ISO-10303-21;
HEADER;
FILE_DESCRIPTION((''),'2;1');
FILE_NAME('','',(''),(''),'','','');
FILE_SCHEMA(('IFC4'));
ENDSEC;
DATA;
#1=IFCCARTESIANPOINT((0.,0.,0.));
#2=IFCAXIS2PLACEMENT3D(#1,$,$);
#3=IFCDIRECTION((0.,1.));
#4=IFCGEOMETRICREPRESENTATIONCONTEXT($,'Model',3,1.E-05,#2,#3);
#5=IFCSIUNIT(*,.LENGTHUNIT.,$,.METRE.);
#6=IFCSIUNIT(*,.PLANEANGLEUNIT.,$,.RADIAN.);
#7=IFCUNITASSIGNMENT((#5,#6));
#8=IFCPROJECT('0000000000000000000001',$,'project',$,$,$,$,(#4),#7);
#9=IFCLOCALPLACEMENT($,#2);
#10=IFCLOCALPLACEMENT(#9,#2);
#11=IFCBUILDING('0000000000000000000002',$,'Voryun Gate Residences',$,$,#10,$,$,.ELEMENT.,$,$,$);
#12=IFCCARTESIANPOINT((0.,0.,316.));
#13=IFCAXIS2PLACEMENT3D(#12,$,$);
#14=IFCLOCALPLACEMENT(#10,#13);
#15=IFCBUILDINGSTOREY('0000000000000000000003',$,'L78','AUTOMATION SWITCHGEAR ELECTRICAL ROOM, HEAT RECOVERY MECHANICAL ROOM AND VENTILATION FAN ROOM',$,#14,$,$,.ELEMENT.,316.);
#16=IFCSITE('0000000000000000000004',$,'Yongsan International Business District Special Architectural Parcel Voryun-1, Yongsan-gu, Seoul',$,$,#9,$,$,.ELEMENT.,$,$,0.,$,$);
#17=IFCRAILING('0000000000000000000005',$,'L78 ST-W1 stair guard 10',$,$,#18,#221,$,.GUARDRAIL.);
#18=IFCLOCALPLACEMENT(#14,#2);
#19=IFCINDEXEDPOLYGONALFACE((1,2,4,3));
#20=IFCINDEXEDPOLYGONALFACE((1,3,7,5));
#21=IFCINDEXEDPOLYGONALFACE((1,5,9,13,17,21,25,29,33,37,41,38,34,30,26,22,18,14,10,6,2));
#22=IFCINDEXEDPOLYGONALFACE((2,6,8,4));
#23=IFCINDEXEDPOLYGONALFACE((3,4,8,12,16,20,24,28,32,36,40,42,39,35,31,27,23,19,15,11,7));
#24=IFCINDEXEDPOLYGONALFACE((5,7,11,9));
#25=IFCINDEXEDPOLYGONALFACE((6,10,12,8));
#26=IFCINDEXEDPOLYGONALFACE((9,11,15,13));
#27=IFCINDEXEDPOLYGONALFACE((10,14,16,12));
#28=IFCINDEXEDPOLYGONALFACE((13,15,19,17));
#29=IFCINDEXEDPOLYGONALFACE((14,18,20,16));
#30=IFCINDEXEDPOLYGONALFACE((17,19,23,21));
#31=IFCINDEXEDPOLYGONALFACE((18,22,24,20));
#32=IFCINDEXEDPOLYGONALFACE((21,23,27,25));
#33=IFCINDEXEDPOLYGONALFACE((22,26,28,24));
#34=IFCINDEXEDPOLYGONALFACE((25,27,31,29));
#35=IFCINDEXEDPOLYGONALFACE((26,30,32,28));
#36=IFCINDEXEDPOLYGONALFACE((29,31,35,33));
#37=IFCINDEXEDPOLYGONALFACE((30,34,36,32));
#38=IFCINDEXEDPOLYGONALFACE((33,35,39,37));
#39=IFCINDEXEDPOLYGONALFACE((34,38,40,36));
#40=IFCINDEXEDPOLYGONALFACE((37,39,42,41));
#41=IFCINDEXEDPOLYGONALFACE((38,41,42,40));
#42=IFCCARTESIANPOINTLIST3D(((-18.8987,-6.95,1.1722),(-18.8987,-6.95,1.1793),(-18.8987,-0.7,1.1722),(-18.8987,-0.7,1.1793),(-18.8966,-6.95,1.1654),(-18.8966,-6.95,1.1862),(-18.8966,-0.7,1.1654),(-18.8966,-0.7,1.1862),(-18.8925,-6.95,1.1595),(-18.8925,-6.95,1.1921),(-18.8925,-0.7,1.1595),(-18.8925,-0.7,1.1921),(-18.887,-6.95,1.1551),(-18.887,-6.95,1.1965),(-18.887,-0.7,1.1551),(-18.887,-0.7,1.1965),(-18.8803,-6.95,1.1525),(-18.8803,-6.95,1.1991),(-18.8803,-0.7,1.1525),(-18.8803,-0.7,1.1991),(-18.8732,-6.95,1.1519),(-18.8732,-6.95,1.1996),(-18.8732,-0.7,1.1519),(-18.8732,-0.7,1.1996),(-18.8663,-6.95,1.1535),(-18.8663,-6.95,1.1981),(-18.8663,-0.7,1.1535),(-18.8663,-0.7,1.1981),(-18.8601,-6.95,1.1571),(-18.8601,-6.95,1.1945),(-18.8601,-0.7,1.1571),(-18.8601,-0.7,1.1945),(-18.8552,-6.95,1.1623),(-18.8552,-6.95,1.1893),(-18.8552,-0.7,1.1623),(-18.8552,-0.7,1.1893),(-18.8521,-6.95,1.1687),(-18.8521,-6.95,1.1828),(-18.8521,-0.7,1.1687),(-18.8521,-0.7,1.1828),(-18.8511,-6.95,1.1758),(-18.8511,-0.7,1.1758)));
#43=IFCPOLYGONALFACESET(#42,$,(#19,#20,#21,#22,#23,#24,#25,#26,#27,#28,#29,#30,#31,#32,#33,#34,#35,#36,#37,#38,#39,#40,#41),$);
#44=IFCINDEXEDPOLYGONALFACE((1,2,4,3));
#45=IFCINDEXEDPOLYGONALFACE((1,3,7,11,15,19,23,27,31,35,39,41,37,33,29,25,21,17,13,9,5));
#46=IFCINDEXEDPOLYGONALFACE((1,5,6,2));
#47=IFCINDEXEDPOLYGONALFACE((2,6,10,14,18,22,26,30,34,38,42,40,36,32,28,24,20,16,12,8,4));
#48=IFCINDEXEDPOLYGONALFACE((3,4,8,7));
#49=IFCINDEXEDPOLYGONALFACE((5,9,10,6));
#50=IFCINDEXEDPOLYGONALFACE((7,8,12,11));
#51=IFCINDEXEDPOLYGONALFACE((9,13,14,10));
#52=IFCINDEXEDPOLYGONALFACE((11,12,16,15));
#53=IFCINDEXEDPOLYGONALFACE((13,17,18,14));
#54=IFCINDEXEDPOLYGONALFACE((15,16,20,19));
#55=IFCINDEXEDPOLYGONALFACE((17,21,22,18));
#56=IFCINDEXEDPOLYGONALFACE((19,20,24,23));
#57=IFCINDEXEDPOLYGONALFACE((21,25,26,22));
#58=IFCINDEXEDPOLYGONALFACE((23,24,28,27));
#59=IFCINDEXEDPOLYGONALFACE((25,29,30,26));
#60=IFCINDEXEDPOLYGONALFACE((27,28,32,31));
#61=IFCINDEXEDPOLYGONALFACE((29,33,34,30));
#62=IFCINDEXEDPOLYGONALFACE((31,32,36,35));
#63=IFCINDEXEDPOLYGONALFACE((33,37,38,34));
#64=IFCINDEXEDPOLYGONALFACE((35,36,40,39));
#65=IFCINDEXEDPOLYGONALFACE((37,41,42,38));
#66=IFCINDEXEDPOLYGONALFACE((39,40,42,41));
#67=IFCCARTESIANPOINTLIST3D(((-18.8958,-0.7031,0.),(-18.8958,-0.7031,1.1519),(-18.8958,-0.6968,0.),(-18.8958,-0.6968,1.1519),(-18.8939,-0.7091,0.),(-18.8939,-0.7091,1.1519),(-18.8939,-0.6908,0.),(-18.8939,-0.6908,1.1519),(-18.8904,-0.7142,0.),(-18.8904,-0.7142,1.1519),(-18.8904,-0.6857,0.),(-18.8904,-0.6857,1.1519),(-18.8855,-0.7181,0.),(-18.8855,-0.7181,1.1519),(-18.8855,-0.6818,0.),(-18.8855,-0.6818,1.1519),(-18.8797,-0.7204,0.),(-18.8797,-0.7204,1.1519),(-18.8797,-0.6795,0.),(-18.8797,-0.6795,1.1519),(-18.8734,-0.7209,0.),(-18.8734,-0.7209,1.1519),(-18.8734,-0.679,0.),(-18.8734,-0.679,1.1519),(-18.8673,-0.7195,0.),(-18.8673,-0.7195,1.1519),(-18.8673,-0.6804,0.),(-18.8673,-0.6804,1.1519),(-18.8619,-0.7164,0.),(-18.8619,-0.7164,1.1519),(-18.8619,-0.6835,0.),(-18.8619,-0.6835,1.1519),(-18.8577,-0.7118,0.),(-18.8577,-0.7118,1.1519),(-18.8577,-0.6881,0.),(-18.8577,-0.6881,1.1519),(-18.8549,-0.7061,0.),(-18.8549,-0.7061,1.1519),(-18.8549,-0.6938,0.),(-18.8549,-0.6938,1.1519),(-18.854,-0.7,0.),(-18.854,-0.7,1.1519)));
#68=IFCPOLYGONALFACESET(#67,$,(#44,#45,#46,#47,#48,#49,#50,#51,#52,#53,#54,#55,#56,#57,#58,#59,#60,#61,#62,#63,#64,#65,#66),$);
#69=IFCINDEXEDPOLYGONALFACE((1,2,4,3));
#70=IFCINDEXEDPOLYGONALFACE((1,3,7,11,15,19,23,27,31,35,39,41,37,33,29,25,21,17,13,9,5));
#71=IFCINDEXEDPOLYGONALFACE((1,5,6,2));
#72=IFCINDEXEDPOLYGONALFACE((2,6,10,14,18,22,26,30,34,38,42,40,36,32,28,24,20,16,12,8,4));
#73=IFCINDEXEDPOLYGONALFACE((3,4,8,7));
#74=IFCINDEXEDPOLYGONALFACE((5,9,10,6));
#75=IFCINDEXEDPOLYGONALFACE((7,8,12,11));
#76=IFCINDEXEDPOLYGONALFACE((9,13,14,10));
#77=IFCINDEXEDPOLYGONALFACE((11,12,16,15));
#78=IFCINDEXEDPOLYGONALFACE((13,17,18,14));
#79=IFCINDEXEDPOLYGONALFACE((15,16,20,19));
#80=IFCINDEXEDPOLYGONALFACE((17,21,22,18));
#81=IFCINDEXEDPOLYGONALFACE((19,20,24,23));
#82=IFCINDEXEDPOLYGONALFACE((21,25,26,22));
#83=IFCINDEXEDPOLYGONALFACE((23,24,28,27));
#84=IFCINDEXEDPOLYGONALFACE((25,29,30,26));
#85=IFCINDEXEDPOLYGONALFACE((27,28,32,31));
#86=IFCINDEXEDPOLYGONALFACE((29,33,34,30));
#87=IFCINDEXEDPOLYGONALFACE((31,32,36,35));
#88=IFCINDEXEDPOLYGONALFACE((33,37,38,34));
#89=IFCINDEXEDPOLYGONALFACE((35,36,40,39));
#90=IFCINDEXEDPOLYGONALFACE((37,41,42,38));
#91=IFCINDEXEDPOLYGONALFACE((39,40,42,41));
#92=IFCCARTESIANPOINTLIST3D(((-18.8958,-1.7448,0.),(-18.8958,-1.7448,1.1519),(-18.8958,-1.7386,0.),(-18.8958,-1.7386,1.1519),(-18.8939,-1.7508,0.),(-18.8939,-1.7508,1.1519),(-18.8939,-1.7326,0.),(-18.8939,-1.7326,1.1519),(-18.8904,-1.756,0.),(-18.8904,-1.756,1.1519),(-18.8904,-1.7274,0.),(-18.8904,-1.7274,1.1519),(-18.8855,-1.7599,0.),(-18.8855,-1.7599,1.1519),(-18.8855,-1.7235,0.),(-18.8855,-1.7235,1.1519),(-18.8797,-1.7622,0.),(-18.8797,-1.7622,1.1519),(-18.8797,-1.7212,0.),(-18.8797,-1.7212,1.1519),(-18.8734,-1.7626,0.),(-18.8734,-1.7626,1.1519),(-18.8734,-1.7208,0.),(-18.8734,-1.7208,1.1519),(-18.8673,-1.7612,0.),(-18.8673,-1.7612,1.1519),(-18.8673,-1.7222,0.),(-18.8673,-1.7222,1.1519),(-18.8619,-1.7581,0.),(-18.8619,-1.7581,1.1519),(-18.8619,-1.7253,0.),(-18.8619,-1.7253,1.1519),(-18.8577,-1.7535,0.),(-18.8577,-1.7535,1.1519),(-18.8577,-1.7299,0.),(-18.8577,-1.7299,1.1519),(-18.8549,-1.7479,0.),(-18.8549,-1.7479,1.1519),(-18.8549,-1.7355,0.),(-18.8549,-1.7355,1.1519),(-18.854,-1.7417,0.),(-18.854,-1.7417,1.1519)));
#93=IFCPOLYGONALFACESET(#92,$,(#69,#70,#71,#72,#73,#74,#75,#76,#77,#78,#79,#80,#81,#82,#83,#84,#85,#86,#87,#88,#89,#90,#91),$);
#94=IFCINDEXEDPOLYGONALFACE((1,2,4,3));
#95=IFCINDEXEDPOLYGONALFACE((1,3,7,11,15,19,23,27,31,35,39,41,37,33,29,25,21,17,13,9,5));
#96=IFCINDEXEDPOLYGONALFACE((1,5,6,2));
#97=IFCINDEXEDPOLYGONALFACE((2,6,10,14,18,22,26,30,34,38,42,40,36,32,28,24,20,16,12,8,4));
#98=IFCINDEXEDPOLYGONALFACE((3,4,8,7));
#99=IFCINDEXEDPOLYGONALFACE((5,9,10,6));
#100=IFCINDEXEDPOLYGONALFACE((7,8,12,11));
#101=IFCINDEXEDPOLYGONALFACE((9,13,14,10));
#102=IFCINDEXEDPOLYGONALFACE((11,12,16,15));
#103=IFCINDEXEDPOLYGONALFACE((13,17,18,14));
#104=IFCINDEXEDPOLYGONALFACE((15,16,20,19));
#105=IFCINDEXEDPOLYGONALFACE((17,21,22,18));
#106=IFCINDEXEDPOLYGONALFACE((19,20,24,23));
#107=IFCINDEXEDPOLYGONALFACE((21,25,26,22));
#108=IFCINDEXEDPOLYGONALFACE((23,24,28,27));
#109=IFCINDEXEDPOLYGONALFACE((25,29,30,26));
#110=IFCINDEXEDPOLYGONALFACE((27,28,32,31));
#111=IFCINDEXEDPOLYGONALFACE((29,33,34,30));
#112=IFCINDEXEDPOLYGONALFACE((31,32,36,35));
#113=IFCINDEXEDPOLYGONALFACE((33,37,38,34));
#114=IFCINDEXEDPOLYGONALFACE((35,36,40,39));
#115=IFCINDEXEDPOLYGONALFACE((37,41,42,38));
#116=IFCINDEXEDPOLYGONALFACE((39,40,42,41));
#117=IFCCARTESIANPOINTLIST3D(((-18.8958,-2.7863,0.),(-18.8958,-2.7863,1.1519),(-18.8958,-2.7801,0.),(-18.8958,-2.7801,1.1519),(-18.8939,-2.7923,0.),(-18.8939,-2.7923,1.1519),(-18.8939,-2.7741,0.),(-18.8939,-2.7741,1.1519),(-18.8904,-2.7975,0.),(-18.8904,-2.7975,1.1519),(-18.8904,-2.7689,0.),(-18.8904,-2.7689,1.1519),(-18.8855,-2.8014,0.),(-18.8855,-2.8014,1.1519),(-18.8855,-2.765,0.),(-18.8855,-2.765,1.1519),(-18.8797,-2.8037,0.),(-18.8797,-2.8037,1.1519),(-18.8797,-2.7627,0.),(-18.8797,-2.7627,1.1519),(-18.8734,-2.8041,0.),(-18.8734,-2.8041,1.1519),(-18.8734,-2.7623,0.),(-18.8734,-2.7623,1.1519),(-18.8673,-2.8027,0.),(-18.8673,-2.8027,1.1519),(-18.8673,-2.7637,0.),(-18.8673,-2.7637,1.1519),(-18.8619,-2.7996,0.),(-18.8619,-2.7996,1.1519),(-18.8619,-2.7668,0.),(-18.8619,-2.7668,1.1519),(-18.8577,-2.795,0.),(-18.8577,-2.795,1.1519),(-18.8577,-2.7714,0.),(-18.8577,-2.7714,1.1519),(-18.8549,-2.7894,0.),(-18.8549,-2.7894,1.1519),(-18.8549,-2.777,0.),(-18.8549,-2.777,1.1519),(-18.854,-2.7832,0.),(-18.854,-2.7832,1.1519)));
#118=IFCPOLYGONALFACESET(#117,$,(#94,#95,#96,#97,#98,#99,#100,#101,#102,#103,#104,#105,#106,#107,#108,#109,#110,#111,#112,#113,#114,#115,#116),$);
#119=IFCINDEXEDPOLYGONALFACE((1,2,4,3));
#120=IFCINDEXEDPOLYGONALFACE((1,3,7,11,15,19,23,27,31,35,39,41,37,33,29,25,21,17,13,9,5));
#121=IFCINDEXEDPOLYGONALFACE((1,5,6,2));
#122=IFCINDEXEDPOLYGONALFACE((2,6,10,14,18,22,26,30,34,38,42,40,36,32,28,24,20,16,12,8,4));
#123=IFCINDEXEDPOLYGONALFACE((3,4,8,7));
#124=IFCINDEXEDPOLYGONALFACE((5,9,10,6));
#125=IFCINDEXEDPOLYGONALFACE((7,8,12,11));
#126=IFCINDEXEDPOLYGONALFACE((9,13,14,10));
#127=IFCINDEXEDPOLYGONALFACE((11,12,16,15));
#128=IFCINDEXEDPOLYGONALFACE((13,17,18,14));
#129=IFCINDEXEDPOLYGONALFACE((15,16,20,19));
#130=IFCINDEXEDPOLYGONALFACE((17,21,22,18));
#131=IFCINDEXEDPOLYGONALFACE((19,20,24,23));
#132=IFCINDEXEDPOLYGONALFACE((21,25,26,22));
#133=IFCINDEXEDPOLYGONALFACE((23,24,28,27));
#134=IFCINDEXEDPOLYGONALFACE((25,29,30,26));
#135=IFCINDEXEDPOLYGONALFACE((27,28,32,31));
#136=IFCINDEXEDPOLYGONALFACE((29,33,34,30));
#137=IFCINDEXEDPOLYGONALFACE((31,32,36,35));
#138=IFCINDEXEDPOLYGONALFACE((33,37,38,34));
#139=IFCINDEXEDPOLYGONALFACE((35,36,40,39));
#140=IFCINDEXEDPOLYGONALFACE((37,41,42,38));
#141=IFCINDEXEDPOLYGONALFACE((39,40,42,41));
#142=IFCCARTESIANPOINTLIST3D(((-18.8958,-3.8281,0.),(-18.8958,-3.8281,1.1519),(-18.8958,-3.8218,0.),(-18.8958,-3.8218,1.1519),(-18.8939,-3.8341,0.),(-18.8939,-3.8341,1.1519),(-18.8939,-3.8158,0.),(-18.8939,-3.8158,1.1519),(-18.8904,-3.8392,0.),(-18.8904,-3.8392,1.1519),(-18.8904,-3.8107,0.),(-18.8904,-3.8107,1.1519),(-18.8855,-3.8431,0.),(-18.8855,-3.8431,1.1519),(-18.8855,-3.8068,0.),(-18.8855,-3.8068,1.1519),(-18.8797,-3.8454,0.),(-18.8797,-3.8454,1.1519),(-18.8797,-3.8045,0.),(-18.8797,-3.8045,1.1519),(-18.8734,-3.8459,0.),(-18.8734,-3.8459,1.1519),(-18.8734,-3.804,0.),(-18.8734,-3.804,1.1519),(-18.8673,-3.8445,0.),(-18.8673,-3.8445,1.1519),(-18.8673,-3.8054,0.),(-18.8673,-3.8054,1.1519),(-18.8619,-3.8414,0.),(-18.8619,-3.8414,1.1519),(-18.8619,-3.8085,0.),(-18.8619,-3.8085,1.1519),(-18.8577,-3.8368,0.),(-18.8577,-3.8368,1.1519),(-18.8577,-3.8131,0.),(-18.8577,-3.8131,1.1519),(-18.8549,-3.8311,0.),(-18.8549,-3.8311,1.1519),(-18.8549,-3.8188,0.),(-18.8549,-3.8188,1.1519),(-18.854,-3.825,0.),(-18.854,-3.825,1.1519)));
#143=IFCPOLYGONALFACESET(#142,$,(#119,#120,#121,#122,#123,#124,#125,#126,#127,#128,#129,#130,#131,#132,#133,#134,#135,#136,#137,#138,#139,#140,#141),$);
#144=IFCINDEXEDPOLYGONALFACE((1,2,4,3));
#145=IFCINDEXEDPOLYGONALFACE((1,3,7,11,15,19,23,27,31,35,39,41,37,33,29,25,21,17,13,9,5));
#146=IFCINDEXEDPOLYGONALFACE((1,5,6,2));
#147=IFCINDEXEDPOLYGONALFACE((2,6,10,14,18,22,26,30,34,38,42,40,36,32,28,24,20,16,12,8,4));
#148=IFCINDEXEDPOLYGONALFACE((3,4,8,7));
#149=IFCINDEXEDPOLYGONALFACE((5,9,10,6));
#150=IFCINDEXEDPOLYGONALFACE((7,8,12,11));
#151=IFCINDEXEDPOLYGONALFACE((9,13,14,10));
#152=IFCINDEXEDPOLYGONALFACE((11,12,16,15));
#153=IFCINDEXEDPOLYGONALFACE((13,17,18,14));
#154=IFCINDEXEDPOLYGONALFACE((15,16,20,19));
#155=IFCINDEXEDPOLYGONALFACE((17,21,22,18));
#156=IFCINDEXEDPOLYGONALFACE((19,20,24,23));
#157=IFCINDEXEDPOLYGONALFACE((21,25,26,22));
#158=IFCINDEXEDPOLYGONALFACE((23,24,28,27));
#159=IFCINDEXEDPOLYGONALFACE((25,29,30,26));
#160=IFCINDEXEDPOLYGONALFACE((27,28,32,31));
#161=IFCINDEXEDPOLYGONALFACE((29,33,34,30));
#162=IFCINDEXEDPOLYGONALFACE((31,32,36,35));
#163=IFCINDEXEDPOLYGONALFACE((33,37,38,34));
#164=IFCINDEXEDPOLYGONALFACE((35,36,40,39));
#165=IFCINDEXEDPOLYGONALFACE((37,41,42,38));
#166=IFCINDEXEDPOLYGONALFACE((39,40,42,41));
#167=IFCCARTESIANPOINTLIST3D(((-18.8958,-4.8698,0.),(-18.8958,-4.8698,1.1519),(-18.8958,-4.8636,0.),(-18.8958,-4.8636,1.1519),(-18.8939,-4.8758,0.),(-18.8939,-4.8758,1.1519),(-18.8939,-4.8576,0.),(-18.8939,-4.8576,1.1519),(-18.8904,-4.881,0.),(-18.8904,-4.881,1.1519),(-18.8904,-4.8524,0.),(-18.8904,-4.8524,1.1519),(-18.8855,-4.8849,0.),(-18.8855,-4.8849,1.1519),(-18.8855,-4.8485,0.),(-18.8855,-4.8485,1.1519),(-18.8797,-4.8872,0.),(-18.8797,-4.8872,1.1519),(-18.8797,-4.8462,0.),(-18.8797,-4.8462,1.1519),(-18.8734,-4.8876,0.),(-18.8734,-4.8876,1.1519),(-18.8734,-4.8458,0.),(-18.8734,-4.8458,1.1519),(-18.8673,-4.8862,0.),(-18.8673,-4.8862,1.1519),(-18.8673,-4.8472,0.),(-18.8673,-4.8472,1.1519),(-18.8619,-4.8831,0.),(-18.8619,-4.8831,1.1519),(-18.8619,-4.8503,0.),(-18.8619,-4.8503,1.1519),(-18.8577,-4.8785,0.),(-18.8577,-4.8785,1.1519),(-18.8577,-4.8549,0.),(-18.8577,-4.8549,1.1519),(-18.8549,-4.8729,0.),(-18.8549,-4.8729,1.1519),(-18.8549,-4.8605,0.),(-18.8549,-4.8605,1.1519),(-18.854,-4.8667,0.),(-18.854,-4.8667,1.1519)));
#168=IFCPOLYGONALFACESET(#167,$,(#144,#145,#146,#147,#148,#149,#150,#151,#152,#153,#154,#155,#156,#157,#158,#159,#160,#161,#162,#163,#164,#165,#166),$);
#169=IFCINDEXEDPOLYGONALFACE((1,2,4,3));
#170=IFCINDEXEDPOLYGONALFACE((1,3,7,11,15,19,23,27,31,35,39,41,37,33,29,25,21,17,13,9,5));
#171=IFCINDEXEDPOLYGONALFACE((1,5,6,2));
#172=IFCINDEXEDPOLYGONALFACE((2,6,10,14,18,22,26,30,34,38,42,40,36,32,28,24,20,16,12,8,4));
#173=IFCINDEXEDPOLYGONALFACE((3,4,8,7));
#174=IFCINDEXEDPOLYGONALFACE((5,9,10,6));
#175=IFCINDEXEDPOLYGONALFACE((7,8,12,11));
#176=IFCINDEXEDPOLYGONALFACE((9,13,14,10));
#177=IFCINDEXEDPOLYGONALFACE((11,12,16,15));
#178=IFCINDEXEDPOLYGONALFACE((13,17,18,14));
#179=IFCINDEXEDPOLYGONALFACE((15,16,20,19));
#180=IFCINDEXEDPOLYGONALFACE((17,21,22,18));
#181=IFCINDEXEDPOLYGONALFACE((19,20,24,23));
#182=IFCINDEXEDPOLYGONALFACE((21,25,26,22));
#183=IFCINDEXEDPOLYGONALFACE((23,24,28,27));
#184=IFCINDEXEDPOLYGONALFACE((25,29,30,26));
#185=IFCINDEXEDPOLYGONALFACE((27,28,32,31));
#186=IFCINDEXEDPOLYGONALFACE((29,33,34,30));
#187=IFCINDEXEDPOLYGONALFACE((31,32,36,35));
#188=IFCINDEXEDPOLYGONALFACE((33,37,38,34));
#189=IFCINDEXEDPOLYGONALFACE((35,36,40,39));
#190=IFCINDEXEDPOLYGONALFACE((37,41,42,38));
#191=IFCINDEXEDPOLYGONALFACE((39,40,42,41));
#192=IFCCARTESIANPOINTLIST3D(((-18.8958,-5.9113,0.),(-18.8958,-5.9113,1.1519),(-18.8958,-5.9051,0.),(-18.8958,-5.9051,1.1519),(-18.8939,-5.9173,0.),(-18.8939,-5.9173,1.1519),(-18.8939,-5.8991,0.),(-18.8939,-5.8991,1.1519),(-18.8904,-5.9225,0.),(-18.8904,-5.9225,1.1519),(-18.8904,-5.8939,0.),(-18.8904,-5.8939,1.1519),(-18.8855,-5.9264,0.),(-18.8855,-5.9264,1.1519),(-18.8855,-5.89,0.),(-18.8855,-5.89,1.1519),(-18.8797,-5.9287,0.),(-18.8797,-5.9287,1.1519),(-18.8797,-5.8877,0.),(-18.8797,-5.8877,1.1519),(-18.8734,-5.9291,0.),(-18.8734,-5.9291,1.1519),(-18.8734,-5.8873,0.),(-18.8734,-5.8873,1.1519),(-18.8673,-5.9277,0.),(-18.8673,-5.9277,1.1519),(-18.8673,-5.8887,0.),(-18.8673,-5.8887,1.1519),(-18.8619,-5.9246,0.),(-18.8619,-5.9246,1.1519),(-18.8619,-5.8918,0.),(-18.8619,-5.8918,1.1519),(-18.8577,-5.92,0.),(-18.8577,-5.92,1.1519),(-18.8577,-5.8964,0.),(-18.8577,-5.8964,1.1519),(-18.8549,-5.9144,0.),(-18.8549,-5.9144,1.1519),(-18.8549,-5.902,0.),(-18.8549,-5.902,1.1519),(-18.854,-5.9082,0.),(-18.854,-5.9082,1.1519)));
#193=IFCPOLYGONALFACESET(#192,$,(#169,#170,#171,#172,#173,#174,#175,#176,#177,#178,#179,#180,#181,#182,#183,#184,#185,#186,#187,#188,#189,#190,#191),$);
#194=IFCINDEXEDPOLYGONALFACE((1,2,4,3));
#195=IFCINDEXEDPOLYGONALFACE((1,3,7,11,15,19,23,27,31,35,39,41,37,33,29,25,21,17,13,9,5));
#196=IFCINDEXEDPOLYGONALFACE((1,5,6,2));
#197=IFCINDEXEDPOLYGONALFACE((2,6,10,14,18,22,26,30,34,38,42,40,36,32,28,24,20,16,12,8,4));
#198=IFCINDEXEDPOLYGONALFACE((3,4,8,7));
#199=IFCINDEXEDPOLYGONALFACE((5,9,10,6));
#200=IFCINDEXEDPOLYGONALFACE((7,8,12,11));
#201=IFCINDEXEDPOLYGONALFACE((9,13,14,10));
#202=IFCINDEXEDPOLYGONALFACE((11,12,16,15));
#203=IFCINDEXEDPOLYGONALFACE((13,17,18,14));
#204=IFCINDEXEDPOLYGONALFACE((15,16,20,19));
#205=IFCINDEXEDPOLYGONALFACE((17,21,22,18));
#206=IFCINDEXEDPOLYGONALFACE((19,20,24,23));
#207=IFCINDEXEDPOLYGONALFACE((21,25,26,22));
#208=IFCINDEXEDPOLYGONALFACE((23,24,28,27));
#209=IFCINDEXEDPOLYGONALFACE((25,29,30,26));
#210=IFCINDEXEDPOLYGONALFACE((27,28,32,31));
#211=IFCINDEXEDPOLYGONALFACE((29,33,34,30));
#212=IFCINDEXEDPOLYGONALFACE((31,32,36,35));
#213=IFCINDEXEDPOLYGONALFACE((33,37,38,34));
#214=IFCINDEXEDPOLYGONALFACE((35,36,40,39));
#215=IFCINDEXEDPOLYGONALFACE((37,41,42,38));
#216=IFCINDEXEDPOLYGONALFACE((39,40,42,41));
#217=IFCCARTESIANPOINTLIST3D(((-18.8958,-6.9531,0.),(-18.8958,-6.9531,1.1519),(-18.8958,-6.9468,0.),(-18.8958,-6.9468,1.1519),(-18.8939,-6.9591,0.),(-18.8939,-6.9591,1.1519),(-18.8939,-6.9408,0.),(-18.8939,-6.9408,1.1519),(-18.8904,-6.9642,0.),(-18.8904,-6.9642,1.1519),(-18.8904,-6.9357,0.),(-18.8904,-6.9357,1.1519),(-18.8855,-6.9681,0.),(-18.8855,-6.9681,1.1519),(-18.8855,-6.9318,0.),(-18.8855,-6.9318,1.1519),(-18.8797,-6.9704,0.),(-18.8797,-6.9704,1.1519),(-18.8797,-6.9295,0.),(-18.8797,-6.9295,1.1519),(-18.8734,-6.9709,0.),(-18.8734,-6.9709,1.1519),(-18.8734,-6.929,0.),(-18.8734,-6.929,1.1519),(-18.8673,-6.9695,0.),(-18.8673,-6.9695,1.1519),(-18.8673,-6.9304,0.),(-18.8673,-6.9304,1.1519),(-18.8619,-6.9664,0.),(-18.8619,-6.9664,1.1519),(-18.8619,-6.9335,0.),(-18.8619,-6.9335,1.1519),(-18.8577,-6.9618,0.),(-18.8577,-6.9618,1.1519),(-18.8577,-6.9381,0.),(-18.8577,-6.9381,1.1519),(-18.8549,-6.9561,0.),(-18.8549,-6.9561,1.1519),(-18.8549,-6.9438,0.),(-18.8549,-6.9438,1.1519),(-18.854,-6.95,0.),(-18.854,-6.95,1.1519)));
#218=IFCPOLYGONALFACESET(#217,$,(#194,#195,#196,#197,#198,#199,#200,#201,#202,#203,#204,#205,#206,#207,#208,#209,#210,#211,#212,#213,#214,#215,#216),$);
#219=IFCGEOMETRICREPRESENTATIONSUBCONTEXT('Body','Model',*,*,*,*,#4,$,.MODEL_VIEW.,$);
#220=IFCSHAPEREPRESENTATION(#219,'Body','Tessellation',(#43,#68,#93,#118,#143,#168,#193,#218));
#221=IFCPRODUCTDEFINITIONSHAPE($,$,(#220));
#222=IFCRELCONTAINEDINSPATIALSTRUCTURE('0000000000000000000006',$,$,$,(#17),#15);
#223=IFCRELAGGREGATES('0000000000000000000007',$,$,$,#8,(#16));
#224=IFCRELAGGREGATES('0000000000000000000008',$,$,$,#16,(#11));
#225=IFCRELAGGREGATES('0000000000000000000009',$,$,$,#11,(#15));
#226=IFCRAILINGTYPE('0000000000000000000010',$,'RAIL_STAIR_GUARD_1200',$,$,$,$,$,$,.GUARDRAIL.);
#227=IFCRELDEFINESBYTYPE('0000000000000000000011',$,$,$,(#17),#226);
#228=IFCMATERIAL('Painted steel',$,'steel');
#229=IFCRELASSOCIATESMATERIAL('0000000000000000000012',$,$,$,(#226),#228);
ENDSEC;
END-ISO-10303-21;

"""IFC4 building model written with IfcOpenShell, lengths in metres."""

from ifc_helpers import new_model, si_unit, direction, frame, origin, origin_2d, place, context, subcontext, project, spatial, circle, extrude, material, type_object, element, save


model = new_model("IFC4")

# Units and contexts
model_context = context("Model", 3, precision=1e-05, world=origin(), true_north=direction((0.0, 1.0)))
body_context = subcontext(model_context, "Body", "Model", "MODEL_VIEW")
ifc_project = project(units=[si_unit("LENGTHUNIT", "METRE"), si_unit("PLANEANGLEUNIT", "RADIAN")], contexts=[model_context])

# Site, building, storey
site_placement = place(None, origin())
site = spatial("IfcSite", under=ifc_project, at=site_placement, Name="Yongsan International Business District Special Architectural Parcel Voryun-1, Yongsan-gu, Seoul", CompositionType="ELEMENT", RefElevation=0.0)
building_placement = place(site_placement, origin())
building = spatial("IfcBuilding", under=site, at=building_placement, Name="Voryun Gate Residences", CompositionType="ELEMENT")
storey_placement = place(building_placement, frame((0.0, 0.0, 316.0)))
storey = spatial("IfcBuildingStorey", under=building, at=storey_placement, Name="L78", Description="AUTOMATION SWITCHGEAR ELECTRICAL ROOM, HEAT RECOVERY MECHANICAL ROOM AND VENTILATION FAN ROOM", CompositionType="ELEMENT", Elevation=316.0)

# Railing
ifc_material_1 = material(Name="Painted steel", Category="steel")
railing_type = type_object("IfcRailingType", Name="RAIL_STAIR_GUARD_1200", PredefinedType="GUARDRAIL", material=ifc_material_1)
railing_1_placement = place(storey_placement, frame((-18.875, -0.7, 0.0)))
element("IfcRailing", 1, at=railing_1_placement, inside=storey, type_object=railing_type, Name="L78 ST-W1 stair guard 10", PredefinedType="GUARDRAIL", context=body_context, shape_type="SweptSolid", body=[
    extrude(circle(Radius=0.0239, at=origin_2d()), frame((0.0, 0.0, 1.1758), z_axis=(0.0, -1.0, 0.0), x_axis=(1.0, 0.0, 0.0)), (0.0, 0.0, 1.0), 6.25),
    extrude(circle(Radius=0.021, at=origin_2d()), origin(), (0.0, 0.0, 1.0), 1.1519),
    extrude(circle(Radius=0.021, at=origin_2d()), frame((0.0, -1.0417, 0.0)), (0.0, 0.0, 1.0), 1.1519),
    extrude(circle(Radius=0.021, at=origin_2d()), frame((0.0, -2.0833, 0.0)), (0.0, 0.0, 1.0), 1.1519),
    extrude(circle(Radius=0.021, at=origin_2d()), frame((0.0, -3.125, 0.0)), (0.0, 0.0, 1.0), 1.1519),
    extrude(circle(Radius=0.021, at=origin_2d()), frame((0.0, -4.1667, 0.0)), (0.0, 0.0, 1.0), 1.1519),
    extrude(circle(Radius=0.021, at=origin_2d()), frame((0.0, -5.2083, 0.0)), (0.0, 0.0, 1.0), 1.1519),
    extrude(circle(Radius=0.021, at=origin_2d()), frame((0.0, -6.25, 0.0)), (0.0, 0.0, 1.0), 1.1519),
])

save(model, "model.ifc")
